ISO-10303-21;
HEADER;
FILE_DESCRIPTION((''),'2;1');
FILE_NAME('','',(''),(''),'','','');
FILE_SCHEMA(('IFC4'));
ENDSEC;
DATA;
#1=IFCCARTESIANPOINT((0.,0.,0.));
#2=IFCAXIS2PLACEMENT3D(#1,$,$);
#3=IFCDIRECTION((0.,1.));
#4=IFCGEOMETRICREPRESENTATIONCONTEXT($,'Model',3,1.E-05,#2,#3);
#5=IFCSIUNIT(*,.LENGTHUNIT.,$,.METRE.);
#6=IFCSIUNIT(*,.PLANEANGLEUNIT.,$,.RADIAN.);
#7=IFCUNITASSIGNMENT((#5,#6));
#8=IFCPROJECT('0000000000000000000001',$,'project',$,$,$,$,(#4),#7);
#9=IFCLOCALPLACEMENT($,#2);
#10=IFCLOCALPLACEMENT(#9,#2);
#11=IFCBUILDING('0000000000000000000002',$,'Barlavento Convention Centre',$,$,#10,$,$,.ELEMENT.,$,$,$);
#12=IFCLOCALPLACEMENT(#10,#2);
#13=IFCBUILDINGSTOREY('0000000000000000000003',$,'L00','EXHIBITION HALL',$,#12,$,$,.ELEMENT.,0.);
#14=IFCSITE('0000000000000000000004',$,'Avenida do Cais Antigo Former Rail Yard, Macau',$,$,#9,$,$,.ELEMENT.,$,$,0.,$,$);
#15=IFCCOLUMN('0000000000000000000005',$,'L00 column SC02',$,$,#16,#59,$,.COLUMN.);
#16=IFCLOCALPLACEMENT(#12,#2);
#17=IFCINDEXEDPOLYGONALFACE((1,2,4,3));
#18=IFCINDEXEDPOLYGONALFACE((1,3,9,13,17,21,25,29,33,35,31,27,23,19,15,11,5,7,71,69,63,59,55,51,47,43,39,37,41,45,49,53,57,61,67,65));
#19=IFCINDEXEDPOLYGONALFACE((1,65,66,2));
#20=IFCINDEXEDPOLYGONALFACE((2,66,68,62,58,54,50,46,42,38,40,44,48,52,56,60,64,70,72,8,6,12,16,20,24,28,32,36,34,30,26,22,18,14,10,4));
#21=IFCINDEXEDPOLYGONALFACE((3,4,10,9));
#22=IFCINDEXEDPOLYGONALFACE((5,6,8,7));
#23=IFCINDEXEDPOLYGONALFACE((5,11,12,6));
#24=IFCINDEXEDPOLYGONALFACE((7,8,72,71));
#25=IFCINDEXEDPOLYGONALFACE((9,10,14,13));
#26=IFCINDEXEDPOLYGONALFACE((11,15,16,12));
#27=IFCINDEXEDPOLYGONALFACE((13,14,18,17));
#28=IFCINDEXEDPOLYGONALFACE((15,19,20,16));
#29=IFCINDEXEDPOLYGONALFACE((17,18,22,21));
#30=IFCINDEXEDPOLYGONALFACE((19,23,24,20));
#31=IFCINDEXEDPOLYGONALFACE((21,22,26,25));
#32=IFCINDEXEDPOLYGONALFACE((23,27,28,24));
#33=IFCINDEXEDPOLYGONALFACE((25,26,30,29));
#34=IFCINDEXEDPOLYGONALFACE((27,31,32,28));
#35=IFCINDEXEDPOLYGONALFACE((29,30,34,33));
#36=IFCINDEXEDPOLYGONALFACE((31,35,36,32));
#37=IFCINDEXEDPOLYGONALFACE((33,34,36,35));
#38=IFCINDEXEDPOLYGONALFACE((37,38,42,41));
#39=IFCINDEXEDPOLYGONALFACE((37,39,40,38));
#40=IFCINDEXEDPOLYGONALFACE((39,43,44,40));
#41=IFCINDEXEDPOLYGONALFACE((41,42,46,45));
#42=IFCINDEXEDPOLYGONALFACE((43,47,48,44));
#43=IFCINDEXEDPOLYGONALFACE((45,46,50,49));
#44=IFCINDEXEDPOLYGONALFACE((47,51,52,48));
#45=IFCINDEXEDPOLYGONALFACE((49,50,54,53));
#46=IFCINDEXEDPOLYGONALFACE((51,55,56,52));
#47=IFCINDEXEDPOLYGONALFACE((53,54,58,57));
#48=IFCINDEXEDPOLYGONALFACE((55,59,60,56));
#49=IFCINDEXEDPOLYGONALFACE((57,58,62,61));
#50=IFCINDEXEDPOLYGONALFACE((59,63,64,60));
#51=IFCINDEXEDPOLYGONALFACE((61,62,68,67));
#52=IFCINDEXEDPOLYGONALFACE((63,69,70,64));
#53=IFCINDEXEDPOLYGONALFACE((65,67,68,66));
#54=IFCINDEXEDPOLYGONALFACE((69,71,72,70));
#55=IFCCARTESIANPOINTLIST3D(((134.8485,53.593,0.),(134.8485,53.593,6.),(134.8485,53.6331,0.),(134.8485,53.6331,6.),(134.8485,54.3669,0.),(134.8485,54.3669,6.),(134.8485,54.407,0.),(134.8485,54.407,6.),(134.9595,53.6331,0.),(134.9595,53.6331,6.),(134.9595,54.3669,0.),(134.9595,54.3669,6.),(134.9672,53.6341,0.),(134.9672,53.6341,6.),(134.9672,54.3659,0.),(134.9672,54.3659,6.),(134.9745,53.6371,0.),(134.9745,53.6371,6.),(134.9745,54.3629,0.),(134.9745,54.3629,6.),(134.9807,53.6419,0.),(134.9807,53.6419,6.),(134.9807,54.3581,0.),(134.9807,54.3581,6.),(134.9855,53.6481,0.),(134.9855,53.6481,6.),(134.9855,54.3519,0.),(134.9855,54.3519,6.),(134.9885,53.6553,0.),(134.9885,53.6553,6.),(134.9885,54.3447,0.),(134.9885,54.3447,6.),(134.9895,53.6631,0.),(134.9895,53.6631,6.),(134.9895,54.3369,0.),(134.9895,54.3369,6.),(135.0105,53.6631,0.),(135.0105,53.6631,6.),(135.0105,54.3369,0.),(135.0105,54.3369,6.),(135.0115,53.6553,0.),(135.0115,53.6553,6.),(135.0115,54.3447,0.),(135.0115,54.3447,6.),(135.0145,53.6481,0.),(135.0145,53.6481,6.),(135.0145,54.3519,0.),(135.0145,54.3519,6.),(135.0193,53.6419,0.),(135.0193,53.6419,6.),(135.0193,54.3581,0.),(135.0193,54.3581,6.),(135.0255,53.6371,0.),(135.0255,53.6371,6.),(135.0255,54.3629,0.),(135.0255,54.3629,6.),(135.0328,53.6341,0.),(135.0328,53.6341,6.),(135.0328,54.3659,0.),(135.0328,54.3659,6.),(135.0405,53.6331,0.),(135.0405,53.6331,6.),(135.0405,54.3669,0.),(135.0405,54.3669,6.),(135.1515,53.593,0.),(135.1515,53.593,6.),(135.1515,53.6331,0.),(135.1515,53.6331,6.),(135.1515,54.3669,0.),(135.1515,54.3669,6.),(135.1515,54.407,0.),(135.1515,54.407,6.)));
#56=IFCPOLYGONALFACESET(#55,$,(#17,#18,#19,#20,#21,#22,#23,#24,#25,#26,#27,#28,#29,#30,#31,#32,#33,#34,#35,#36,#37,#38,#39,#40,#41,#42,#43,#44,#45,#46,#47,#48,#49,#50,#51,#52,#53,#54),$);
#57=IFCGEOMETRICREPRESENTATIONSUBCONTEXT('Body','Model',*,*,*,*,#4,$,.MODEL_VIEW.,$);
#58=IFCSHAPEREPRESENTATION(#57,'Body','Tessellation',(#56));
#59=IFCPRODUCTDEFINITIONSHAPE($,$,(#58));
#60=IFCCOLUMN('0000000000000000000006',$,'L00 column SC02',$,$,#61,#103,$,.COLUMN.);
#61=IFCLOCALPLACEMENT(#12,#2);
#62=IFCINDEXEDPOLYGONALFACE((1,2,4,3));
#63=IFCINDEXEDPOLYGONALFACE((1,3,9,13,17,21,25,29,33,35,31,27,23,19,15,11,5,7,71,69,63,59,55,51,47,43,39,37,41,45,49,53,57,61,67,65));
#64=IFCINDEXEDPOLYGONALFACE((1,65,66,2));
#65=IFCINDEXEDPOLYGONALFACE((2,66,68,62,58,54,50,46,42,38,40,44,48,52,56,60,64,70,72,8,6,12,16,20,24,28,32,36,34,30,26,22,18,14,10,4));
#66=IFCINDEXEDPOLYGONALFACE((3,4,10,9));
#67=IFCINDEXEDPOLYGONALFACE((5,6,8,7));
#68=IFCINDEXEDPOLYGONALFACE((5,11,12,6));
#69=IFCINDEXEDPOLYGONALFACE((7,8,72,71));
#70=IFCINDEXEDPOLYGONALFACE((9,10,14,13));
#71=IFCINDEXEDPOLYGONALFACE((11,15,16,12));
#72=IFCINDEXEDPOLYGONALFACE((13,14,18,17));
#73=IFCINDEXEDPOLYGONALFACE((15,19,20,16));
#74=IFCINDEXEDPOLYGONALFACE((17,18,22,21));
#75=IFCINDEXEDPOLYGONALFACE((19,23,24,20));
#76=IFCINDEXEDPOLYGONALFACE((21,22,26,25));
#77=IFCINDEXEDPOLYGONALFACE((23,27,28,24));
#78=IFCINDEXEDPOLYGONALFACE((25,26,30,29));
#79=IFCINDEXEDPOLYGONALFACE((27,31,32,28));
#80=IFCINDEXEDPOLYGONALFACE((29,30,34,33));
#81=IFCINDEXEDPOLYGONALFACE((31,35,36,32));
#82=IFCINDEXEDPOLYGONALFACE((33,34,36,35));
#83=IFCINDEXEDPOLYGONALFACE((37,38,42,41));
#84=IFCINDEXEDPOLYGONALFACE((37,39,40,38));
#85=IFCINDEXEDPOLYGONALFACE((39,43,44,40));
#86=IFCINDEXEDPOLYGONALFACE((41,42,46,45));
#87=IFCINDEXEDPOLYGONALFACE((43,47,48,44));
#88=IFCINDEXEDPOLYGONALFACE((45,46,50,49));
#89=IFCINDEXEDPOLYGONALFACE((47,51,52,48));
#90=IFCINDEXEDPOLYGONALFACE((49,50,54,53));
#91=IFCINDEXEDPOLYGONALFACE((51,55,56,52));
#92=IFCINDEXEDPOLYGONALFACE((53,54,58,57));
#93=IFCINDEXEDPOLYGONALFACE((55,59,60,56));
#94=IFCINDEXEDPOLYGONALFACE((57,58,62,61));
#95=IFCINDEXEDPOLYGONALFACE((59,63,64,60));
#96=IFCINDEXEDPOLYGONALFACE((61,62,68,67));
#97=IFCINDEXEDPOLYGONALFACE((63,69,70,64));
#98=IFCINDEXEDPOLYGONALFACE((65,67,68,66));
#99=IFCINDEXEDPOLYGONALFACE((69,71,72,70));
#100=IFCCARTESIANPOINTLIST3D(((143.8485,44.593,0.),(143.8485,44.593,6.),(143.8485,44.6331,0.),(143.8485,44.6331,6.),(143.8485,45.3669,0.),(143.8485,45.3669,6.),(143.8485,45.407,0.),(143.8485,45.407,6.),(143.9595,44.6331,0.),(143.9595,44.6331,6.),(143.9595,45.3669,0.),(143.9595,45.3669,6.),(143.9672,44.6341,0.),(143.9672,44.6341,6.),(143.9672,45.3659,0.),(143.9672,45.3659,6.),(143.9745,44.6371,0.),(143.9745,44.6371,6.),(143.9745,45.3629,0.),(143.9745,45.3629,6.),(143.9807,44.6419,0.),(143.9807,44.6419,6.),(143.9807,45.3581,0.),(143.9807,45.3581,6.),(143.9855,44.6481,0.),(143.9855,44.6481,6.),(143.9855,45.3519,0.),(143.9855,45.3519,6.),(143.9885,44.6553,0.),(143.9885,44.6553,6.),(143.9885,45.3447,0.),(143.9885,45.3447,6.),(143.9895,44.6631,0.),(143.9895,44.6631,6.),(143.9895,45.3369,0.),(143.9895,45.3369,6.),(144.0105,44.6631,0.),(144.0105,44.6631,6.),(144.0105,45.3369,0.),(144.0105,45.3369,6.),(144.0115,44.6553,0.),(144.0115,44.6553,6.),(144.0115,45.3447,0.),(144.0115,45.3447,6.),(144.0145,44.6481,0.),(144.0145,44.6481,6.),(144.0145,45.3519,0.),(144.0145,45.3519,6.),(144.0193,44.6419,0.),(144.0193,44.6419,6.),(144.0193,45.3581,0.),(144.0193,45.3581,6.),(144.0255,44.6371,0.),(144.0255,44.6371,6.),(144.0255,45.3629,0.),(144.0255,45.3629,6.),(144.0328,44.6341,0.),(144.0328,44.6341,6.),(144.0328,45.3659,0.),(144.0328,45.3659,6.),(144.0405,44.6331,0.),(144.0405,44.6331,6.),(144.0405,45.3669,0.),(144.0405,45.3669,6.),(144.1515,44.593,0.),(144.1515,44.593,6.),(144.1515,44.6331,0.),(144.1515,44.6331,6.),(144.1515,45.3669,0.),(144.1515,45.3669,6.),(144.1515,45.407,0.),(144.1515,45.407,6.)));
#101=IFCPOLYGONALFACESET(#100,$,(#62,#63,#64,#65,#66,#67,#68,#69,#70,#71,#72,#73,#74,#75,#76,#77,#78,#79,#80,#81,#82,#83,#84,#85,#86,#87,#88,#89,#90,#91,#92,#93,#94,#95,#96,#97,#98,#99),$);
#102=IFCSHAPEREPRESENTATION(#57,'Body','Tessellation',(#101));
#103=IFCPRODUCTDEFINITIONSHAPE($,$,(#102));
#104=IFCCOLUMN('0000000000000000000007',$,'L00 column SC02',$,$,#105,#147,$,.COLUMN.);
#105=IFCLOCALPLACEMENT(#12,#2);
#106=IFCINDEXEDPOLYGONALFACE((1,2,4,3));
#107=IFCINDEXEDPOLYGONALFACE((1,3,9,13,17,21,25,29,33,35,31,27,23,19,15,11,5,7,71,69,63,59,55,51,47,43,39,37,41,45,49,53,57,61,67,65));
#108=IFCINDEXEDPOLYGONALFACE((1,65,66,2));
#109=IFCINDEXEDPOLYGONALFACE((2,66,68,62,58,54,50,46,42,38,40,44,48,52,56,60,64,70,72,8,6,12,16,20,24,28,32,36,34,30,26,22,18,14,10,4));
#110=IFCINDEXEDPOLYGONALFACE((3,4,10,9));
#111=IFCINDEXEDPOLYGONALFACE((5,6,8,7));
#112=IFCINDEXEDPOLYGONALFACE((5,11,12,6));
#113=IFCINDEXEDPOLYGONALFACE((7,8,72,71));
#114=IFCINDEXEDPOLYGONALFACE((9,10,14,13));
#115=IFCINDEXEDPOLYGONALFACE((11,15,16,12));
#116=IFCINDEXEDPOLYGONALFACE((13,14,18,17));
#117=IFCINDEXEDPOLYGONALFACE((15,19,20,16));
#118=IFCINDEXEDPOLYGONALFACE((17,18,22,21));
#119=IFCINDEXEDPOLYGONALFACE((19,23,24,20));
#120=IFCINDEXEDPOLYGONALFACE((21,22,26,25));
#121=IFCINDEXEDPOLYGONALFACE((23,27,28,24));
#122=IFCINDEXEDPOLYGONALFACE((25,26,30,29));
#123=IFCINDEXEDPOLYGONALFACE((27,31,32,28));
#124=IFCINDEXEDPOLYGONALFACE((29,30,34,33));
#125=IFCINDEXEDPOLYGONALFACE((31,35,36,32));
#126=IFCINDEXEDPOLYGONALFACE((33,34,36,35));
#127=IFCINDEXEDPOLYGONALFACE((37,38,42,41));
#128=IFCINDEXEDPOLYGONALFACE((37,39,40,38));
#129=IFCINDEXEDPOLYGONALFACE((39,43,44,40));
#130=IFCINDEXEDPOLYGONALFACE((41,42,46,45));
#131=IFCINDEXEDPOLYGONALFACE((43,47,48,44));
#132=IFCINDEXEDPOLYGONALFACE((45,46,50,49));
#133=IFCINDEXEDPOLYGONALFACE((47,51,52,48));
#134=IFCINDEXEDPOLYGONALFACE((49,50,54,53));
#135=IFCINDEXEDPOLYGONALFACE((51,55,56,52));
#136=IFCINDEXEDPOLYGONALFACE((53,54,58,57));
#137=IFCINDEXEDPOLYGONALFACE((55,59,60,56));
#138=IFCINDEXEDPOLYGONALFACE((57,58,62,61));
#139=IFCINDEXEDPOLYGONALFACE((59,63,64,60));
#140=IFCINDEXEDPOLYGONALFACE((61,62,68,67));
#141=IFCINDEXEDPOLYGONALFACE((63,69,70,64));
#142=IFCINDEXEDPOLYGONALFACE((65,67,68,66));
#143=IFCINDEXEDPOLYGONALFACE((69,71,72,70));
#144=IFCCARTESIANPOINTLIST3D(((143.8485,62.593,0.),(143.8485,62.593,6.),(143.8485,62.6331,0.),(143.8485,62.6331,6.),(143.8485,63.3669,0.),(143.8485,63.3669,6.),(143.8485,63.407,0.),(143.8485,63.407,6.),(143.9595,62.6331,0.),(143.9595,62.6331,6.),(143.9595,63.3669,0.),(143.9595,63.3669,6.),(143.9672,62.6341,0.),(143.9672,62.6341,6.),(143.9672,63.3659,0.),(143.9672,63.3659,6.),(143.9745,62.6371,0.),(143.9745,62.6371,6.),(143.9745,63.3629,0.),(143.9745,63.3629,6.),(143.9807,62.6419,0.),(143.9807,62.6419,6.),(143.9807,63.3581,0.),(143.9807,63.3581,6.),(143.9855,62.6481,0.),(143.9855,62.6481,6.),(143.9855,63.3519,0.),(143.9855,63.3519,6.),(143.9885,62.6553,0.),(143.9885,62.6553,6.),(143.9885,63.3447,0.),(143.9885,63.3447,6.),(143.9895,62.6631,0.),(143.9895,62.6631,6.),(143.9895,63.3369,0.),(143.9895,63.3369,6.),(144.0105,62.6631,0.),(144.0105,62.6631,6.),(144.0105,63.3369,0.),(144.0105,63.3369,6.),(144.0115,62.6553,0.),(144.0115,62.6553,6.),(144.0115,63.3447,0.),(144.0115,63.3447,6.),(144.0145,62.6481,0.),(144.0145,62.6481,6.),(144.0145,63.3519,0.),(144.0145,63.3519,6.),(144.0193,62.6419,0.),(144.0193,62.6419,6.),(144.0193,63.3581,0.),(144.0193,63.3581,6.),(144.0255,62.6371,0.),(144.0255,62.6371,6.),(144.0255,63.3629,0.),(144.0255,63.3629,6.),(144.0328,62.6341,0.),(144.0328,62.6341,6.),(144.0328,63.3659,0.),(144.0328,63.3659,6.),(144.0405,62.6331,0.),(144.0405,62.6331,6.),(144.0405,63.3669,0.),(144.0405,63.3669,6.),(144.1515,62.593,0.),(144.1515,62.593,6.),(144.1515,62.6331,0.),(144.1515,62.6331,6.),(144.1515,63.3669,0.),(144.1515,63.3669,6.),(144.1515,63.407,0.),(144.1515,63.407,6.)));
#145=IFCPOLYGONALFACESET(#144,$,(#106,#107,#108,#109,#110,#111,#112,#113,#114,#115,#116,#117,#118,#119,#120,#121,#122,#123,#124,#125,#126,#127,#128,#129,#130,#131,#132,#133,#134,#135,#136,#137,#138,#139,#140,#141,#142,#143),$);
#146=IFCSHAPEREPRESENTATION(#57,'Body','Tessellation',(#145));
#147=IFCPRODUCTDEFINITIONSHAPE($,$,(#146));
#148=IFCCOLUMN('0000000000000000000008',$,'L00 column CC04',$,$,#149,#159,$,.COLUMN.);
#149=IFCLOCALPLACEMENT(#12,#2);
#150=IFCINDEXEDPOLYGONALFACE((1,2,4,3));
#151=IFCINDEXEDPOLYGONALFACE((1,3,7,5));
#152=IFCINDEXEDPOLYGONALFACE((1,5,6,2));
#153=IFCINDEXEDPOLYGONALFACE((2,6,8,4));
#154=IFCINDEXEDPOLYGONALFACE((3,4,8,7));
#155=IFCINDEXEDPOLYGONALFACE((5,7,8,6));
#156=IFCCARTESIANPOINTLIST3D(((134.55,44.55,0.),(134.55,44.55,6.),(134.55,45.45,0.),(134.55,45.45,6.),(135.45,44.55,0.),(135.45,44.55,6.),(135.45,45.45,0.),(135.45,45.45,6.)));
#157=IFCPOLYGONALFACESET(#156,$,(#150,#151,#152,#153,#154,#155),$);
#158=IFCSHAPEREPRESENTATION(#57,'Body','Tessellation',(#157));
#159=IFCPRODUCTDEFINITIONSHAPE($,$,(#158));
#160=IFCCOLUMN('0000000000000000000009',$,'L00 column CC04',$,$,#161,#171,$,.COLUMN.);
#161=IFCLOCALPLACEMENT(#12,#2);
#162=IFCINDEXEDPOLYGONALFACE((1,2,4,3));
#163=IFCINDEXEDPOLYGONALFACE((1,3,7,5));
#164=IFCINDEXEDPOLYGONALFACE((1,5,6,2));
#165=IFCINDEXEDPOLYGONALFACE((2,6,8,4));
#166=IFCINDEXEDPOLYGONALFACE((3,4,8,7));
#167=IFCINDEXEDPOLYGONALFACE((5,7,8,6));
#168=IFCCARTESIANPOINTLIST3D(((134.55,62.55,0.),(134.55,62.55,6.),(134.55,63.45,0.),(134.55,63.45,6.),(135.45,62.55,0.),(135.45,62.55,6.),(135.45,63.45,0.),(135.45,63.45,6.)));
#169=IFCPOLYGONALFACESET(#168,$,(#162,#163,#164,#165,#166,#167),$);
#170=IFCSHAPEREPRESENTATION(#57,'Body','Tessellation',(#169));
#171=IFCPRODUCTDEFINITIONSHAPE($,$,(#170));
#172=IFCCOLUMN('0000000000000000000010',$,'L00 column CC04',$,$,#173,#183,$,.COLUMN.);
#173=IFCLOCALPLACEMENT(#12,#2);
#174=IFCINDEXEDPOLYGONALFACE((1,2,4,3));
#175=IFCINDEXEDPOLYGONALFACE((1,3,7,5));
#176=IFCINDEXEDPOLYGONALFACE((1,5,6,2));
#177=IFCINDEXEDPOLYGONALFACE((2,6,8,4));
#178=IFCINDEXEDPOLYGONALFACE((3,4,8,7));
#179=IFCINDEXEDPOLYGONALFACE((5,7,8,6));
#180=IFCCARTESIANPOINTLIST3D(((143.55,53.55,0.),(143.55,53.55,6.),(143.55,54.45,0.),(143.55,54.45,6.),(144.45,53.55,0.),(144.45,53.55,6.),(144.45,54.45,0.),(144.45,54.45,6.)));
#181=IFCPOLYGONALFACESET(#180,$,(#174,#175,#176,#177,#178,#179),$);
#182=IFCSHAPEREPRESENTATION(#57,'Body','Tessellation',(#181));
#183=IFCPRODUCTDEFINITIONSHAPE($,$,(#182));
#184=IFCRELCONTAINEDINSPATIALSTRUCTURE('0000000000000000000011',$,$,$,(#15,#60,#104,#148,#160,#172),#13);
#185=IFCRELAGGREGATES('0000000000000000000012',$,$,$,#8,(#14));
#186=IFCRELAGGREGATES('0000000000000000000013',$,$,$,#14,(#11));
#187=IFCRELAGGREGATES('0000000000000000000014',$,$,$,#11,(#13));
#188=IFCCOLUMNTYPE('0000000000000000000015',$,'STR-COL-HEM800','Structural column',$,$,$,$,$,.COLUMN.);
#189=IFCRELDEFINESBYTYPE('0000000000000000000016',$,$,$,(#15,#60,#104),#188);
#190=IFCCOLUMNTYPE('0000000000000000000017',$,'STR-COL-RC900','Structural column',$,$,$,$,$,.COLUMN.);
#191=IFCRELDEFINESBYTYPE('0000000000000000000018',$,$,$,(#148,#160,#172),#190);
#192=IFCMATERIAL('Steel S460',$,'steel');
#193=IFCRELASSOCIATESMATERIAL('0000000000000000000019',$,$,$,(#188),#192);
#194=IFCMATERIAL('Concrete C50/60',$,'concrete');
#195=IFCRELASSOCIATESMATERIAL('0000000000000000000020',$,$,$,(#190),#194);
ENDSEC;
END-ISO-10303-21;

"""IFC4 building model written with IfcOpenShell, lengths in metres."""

from ifc_helpers import new_model, si_unit, direction, frame, origin, origin_2d, place, context, subcontext, project, spatial, rectangle, i_section, extrude, material, material_profile, profile_set, type_object, element, save


model = new_model("IFC4")

# Units and contexts
model_context = context("Model", 3, precision=1e-05, world=origin(), true_north=direction((0.0, 1.0)))
body_context = subcontext(model_context, "Body", "Model", "MODEL_VIEW")
ifc_project = project(units=[si_unit("LENGTHUNIT", "METRE"), si_unit("PLANEANGLEUNIT", "RADIAN")], contexts=[model_context])

# Site, building, storey
site_placement = place(None, origin())
site = spatial("IfcSite", under=ifc_project, at=site_placement, Name="Avenida do Cais Antigo Former Rail Yard, Macau", CompositionType="ELEMENT", RefElevation=0.0)
building_placement = place(site_placement, origin())
building = spatial("IfcBuilding", under=site, at=building_placement, Name="Barlavento Convention Centre", CompositionType="ELEMENT")
storey_placement = place(building_placement, origin())
storey = spatial("IfcBuildingStorey", under=building, at=storey_placement, Name="L00", Description="EXHIBITION HALL", CompositionType="ELEMENT", Elevation=0.0)

# Columns
ifc_material_1 = material(Name="Steel S460", Category="steel")
ifc_material_profile_1 = material_profile(ifc_material_1, i_section(OverallWidth=0.303, OverallDepth=0.814, WebThickness=0.021, FlangeThickness=0.04, FilletRadius=0.03, at=origin_2d()), Name="HEM 800")
ifc_profile_set_1 = profile_set([ifc_material_profile_1], Name="Steel S460")
column_type_1 = type_object("IfcColumnType", Name="STR-COL-HEM800", Description="Structural column", PredefinedType="COLUMN", material=ifc_profile_set_1)
for number, where, z_axis, x_axis, name in (
    (1, (135.0, 54.0, 0.0), (0.0, 0.0, 1.0), (1.0, 0.0, 0.0), "L00 column SC02"),
    (2, (144.0, 45.0, 0.0), (0.0, 0.0, 1.0), (1.0, 0.0, 0.0), "L00 column SC02"),
    (3, (144.0, 63.0, 0.0), (0.0, 0.0, 1.0), (1.0, 0.0, 0.0), "L00 column SC02"),
):
    element("IfcColumn", number, at=place(storey_placement, frame(where, z_axis=z_axis, x_axis=x_axis)), inside=storey, type_object=column_type_1, Name=name, PredefinedType="COLUMN", context=body_context, shape_type="SweptSolid", body=[
        extrude(i_section(OverallWidth=0.303, OverallDepth=0.814, WebThickness=0.021, FlangeThickness=0.04, FilletRadius=0.03, at=origin_2d()), origin(), (0.0, 0.0, 1.0), 6.0),
    ])
ifc_material_2 = material(Name="Concrete C50/60", Category="concrete")
ifc_material_profile_2 = material_profile(ifc_material_2, rectangle(XDim=0.8999, YDim=0.8999, at=origin_2d()), Name="RC 900x900")
ifc_profile_set_2 = profile_set([ifc_material_profile_2], Name="Concrete C50/60")
column_type_2 = type_object("IfcColumnType", Name="STR-COL-RC900", Description="Structural column", PredefinedType="COLUMN", material=ifc_profile_set_2)
for number, where, z_axis, x_axis, name in (
    (4, (135.0, 45.0, 0.0), (0.0, 0.0, 1.0), (1.0, 0.0, 0.0), "L00 column CC04"),
    (5, (135.0, 63.0, 0.0), (0.0, 0.0, 1.0), (1.0, 0.0, 0.0), "L00 column CC04"),
    (6, (144.0, 54.0, 0.0), (0.0, 0.0, 1.0), (1.0, 0.0, 0.0), "L00 column CC04"),
):
    element("IfcColumn", number, at=place(storey_placement, frame(where, z_axis=z_axis, x_axis=x_axis)), inside=storey, type_object=column_type_2, Name=name, PredefinedType="COLUMN", context=body_context, shape_type="SweptSolid", body=[
        extrude(rectangle(XDim=0.8999, YDim=0.8999, at=origin_2d()), origin(), (0.0, 0.0, 1.0), 6.0),
    ])

save(model, "model.ifc")
